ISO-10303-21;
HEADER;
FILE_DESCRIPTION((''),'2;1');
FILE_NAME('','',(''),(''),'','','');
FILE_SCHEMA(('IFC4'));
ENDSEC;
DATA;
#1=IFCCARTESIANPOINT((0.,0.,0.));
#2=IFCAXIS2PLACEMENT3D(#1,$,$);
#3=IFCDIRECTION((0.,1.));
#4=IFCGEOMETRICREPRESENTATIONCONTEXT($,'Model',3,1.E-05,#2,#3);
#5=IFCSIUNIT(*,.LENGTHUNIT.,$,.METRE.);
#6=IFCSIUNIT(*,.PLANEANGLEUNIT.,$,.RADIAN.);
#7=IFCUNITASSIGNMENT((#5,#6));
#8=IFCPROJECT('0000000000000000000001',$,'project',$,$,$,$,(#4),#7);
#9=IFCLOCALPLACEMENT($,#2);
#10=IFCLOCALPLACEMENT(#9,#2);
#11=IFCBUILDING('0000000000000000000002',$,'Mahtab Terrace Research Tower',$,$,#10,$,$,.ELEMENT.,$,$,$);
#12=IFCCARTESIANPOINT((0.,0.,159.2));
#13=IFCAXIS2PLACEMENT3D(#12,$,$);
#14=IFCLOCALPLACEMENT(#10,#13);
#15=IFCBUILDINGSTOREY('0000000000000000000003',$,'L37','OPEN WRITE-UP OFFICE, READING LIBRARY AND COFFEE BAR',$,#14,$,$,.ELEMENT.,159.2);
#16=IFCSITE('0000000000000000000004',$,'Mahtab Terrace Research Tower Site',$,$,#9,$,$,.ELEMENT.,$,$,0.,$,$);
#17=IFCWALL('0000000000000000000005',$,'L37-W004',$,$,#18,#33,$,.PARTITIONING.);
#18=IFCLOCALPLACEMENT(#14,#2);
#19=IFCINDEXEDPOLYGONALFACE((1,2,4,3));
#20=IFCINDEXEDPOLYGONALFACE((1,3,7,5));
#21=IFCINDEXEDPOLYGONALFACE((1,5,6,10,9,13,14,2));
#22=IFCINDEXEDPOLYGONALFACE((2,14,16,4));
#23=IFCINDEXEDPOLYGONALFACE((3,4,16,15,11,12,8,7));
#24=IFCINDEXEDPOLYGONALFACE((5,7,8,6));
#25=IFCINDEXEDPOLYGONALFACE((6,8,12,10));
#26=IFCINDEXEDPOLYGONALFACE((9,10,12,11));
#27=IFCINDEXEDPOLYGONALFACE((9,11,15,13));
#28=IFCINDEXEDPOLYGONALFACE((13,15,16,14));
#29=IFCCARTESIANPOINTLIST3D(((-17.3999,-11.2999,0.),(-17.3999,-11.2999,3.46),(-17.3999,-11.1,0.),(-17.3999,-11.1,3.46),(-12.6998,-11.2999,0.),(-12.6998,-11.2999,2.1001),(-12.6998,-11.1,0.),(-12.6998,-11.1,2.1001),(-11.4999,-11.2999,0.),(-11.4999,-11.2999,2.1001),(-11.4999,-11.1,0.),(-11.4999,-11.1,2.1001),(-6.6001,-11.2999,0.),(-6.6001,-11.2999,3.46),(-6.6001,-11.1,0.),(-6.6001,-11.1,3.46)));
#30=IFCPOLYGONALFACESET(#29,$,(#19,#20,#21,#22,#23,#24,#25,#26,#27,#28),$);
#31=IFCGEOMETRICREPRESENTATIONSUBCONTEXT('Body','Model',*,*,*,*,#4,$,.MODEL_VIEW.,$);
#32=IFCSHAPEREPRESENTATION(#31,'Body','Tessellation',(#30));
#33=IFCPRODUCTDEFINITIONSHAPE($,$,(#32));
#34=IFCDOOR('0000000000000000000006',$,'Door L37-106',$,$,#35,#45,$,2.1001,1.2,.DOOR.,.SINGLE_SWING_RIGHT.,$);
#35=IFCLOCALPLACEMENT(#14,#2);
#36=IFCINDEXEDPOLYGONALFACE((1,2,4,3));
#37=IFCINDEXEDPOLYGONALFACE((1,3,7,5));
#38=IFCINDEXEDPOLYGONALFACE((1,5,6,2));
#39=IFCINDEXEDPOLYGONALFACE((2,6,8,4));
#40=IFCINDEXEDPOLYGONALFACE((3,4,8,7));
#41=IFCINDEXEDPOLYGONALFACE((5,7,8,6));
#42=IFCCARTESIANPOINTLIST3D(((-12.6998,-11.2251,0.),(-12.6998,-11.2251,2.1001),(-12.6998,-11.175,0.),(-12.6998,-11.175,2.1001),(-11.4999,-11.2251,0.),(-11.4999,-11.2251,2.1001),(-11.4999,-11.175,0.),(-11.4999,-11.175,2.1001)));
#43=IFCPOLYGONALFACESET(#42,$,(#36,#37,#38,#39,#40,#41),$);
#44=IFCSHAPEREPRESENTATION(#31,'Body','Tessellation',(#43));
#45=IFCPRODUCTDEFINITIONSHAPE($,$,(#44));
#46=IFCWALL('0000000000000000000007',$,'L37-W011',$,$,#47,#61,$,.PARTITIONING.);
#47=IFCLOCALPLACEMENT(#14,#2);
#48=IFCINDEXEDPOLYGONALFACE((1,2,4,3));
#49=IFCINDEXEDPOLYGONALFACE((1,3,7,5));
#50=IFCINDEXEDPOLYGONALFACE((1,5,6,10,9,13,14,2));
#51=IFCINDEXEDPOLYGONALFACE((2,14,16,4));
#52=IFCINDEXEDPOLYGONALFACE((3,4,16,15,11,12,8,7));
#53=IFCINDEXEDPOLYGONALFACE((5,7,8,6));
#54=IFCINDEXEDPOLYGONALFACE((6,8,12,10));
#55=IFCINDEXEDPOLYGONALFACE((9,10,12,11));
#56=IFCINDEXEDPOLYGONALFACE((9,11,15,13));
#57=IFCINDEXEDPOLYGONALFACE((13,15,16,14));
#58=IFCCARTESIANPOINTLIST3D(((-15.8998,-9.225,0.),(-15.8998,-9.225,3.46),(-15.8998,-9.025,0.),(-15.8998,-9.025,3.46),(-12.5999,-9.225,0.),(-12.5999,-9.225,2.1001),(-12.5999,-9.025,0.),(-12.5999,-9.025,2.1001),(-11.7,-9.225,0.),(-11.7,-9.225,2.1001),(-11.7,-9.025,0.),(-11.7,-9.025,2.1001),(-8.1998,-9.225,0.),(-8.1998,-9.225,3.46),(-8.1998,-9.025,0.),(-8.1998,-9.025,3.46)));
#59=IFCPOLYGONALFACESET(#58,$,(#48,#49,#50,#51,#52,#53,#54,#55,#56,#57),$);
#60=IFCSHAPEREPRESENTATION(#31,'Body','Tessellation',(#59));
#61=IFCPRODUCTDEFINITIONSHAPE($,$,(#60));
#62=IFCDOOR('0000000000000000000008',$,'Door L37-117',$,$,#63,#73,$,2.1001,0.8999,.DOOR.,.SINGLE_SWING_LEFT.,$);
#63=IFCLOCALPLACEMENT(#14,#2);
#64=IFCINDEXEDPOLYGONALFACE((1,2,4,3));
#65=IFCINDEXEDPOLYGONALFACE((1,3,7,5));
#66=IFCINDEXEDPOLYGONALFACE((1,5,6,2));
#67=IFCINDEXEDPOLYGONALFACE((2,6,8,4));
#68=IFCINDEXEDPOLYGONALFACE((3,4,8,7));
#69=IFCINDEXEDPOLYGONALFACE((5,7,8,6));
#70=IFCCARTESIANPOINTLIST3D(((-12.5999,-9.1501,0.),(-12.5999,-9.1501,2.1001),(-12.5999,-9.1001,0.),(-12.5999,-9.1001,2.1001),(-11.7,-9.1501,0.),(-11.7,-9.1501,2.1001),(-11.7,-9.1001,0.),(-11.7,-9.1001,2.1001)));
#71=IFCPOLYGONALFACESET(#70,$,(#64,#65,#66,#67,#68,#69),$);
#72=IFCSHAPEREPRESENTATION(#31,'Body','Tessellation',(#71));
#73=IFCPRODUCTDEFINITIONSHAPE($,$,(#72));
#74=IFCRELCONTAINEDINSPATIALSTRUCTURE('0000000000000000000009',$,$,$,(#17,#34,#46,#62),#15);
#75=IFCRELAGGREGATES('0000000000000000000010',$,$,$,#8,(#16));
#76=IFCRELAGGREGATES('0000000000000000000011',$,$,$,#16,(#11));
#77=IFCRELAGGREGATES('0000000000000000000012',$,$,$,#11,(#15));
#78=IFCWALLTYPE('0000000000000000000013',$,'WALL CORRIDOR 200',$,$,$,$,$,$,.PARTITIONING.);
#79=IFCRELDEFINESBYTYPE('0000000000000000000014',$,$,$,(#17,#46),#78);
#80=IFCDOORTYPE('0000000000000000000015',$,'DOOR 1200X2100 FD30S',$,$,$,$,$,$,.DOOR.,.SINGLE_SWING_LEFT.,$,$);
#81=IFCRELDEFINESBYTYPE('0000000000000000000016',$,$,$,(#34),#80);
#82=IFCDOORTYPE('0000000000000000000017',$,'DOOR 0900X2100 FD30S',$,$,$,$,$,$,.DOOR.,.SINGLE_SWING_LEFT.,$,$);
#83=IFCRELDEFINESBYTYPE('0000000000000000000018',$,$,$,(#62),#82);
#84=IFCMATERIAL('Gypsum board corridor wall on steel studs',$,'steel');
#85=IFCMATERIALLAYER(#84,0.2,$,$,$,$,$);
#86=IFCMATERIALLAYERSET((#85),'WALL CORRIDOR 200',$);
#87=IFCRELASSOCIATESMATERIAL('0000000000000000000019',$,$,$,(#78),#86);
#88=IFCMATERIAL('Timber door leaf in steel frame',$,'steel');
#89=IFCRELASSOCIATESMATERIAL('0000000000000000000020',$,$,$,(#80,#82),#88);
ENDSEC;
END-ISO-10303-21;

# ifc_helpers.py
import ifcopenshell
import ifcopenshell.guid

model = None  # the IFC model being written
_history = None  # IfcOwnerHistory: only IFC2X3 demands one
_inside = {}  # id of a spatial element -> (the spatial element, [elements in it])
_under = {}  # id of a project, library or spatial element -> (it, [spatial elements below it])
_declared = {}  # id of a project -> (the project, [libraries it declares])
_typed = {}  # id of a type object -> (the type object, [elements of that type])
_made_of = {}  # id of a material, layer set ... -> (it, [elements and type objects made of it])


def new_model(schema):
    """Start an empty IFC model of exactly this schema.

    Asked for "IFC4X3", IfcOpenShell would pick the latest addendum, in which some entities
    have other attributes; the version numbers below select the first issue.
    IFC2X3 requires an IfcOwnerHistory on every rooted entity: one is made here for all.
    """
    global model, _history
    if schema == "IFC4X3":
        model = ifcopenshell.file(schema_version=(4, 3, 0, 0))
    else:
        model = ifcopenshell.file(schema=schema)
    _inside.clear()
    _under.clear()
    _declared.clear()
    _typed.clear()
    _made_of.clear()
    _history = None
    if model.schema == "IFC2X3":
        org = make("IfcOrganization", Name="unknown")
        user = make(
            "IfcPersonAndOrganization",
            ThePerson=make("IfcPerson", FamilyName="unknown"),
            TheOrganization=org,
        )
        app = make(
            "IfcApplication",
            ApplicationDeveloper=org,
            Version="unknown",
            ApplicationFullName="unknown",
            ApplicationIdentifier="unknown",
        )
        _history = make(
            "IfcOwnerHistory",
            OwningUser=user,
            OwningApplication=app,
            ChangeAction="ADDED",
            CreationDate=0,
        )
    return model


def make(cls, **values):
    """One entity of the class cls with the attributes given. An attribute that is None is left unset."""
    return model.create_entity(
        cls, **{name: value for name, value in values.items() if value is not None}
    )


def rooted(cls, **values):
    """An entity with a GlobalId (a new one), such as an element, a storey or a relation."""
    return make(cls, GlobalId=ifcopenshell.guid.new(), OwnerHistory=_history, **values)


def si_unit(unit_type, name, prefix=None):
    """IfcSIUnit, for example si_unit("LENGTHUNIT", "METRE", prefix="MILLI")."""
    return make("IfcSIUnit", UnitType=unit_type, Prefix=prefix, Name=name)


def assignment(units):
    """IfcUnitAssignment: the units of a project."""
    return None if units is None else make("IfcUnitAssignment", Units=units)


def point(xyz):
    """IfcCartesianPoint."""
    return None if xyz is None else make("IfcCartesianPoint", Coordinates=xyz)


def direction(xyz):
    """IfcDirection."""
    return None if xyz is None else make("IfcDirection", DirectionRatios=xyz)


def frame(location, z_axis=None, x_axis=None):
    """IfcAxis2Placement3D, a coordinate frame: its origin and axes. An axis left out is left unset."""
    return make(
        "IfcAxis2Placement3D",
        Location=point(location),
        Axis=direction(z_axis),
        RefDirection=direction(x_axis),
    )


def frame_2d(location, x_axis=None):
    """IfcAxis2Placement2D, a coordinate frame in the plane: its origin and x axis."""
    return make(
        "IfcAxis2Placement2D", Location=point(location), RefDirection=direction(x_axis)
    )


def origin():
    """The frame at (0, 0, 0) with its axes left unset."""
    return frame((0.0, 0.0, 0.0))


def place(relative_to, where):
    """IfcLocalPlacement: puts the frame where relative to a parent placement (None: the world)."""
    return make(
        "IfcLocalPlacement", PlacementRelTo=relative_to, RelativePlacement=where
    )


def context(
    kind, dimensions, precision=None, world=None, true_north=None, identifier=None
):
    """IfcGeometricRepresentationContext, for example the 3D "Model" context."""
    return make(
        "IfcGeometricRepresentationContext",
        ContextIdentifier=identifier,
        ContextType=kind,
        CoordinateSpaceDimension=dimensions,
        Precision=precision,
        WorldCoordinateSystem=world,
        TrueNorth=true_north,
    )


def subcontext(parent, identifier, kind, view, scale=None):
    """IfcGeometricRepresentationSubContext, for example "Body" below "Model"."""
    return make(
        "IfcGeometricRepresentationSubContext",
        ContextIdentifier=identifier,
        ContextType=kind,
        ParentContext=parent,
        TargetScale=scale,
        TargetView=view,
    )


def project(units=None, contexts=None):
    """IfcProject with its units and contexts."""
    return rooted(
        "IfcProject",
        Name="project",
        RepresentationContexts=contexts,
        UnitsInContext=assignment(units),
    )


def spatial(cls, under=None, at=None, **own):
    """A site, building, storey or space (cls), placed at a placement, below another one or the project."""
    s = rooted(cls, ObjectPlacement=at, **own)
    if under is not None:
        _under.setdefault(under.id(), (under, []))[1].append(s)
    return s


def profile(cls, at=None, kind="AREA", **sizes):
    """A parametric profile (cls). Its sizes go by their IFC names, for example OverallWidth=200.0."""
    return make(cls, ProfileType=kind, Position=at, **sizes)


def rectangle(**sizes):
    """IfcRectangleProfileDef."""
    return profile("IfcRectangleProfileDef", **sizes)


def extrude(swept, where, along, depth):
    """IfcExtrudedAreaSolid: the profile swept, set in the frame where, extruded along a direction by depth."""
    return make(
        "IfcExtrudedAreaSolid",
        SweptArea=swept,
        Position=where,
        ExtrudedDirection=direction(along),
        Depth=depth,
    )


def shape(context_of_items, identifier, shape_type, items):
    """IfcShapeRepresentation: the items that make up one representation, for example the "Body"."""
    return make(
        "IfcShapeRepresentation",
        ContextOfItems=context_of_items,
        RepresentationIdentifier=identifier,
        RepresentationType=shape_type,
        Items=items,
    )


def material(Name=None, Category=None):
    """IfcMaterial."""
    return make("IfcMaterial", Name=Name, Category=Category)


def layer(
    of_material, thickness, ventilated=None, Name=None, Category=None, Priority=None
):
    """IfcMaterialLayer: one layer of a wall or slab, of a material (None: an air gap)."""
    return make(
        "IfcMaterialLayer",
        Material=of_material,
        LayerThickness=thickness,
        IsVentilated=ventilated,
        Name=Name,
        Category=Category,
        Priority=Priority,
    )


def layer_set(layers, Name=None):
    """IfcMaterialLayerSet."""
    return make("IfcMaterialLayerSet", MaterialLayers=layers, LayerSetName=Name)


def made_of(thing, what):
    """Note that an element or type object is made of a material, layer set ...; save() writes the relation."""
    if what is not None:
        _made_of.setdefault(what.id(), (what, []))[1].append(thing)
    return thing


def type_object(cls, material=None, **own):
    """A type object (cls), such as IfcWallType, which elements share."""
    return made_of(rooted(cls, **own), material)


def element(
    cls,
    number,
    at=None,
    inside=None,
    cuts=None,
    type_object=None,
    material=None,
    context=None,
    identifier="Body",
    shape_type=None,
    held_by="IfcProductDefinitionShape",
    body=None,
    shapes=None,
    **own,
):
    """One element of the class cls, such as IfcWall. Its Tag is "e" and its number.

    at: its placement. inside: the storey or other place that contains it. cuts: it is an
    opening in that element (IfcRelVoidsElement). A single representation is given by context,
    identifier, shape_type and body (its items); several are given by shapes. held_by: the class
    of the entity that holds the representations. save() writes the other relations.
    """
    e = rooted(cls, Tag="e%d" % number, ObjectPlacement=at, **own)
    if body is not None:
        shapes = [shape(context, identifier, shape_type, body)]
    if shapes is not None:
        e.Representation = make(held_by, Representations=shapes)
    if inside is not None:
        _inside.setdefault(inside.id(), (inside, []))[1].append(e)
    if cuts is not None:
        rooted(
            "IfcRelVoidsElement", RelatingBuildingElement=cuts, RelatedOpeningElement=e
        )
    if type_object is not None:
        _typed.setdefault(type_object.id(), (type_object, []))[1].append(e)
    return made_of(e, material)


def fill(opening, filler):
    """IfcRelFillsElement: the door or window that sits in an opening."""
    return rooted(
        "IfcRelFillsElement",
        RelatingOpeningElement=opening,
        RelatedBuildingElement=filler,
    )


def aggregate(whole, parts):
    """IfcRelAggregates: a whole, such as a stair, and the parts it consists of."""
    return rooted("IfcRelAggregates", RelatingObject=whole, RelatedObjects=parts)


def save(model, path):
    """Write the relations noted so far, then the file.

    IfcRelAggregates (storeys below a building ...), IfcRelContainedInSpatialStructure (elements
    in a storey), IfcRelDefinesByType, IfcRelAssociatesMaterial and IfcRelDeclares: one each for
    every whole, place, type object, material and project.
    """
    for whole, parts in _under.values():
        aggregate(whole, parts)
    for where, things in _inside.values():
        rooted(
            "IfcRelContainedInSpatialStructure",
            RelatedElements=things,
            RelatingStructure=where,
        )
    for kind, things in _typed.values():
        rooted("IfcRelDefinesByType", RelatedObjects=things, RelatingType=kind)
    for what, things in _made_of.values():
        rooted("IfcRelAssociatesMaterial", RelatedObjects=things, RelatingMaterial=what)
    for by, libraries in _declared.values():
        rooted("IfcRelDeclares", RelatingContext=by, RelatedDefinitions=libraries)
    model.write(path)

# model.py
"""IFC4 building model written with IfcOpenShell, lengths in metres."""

from ifc_helpers import new_model, si_unit, direction, frame, frame_2d, origin, place, context, subcontext, project, spatial, rectangle, extrude, material, layer, layer_set, type_object, element, fill, save


model = new_model("IFC4")

# Units and contexts
model_context = context("Model", 3, precision=1e-05, world=origin(), true_north=direction((0.0, 1.0)))
body_context = subcontext(model_context, "Body", "Model", "MODEL_VIEW")
ifc_project = project(units=[si_unit("LENGTHUNIT", "METRE"), si_unit("PLANEANGLEUNIT", "RADIAN")], contexts=[model_context])

# Site, building, storey
site_placement = place(None, origin())
site = spatial("IfcSite", under=ifc_project, at=site_placement, Name="Mahtab Terrace Research Tower Site", CompositionType="ELEMENT", RefElevation=0.0)
building_placement = place(site_placement, origin())
building = spatial("IfcBuilding", under=site, at=building_placement, Name="Mahtab Terrace Research Tower", CompositionType="ELEMENT")
storey_placement = place(building_placement, frame((0.0, 0.0, 159.2)))
storey = spatial("IfcBuildingStorey", under=building, at=storey_placement, Name="L37", Description="OPEN WRITE-UP OFFICE, READING LIBRARY AND COFFEE BAR", CompositionType="ELEMENT", Elevation=159.2)

# Walls, openings, doors
ifc_material_1 = material(Name="Gypsum board corridor wall on steel studs", Category="steel")
ifc_layer_1 = layer(ifc_material_1, 0.2)
ifc_layer_set_1 = layer_set([ifc_layer_1], Name="WALL CORRIDOR 200")
wall_type_1 = type_object("IfcWallType", Name="WALL CORRIDOR 200", PredefinedType="PARTITIONING", material=ifc_layer_set_1)
wall_1_placement = place(storey_placement, frame((-17.3999, -11.2, 0.0), z_axis=(0.0, 0.0, 1.0), x_axis=(1.0, 0.0, 0.0)))
wall_1 = element("IfcWall", 1, at=wall_1_placement, inside=storey, type_object=wall_type_1, Name="L37-W004", PredefinedType="PARTITIONING", context=body_context, shape_type="SweptSolid", body=[
    extrude(rectangle(XDim=10.7998, YDim=0.2, at=frame_2d((5.3999, 0.0))), origin(), (0.0, 0.0, 1.0), 3.46),
])
opening_1_placement = place(wall_1_placement, frame((4.7, 0.0, 0.0)))
opening_1 = element("IfcOpeningElement", 2, at=opening_1_placement, cuts=wall_1, PredefinedType="OPENING", context=body_context, shape_type="SweptSolid", body=[
    extrude(rectangle(XDim=1.2, YDim=2.1001, at=frame_2d((0.6001, 1.05))), frame((0.0, 0.1099, 0.0), z_axis=(0.0, -1.0, 0.0), x_axis=(1.0, 0.0, 0.0)), (0.0, 0.0, 1.0), 0.22),
])
ifc_material_2 = material(Name="Timber door leaf in steel frame", Category="steel")
door_type_1 = type_object("IfcDoorType", Name="DOOR 1200X2100 FD30S", OperationType="SINGLE_SWING_LEFT", PredefinedType="DOOR", material=ifc_material_2)
door_1_placement = place(opening_1_placement, origin())
door_1 = element("IfcDoor", 3, at=door_1_placement, inside=storey, type_object=door_type_1, Name="Door L37-106", OperationType="SINGLE_SWING_RIGHT", OverallHeight=2.1001, OverallWidth=1.2, PredefinedType="DOOR", context=body_context, shape_type="SweptSolid", body=[
    extrude(rectangle(XDim=1.2, YDim=2.1001, at=frame_2d((0.6001, 1.05))), frame((0.0, 0.0249, 0.0), z_axis=(0.0, -1.0, 0.0), x_axis=(1.0, 0.0, 0.0)), (0.0, 0.0, 1.0), 0.05),
])
fill(opening_1, door_1)
wall_2_placement = place(storey_placement, frame((-15.8999, -9.125, 0.0), z_axis=(0.0, 0.0, 1.0), x_axis=(1.0, 0.0, 0.0)))
wall_2 = element("IfcWall", 4, at=wall_2_placement, inside=storey, type_object=wall_type_1, Name="L37-W011", PredefinedType="PARTITIONING", context=body_context, shape_type="SweptSolid", body=[
    extrude(rectangle(XDim=7.7, YDim=0.2, at=frame_2d((3.8501, 0.0))), origin(), (0.0, 0.0, 1.0), 3.46),
])
opening_2_placement = place(wall_2_placement, frame((3.3, 0.0, 0.0)))
opening_2 = element("IfcOpeningElement", 5, at=opening_2_placement, cuts=wall_2, PredefinedType="OPENING", context=body_context, shape_type="SweptSolid", body=[
    extrude(rectangle(XDim=0.8999, YDim=2.1001, at=frame_2d((0.45, 1.05))), frame((0.0, 0.1099, 0.0), z_axis=(0.0, -1.0, 0.0), x_axis=(1.0, 0.0, 0.0)), (0.0, 0.0, 1.0), 0.22),
])
door_type_2 = type_object("IfcDoorType", Name="DOOR 0900X2100 FD30S", OperationType="SINGLE_SWING_LEFT", PredefinedType="DOOR", material=ifc_material_2)
door_2_placement = place(opening_2_placement, origin())
door_2 = element("IfcDoor", 6, at=door_2_placement, inside=storey, type_object=door_type_2, Name="Door L37-117", OperationType="SINGLE_SWING_LEFT", OverallHeight=2.1001, OverallWidth=0.8999, PredefinedType="DOOR", context=body_context, shape_type="SweptSolid", body=[
    extrude(rectangle(XDim=0.8999, YDim=2.1001, at=frame_2d((0.45, 1.05))), frame((0.0, 0.0249, 0.0), z_axis=(0.0, -1.0, 0.0), x_axis=(1.0, 0.0, 0.0)), (0.0, 0.0, 1.0), 0.05),
])
fill(opening_2, door_2)

save(model, "model.ifc")
